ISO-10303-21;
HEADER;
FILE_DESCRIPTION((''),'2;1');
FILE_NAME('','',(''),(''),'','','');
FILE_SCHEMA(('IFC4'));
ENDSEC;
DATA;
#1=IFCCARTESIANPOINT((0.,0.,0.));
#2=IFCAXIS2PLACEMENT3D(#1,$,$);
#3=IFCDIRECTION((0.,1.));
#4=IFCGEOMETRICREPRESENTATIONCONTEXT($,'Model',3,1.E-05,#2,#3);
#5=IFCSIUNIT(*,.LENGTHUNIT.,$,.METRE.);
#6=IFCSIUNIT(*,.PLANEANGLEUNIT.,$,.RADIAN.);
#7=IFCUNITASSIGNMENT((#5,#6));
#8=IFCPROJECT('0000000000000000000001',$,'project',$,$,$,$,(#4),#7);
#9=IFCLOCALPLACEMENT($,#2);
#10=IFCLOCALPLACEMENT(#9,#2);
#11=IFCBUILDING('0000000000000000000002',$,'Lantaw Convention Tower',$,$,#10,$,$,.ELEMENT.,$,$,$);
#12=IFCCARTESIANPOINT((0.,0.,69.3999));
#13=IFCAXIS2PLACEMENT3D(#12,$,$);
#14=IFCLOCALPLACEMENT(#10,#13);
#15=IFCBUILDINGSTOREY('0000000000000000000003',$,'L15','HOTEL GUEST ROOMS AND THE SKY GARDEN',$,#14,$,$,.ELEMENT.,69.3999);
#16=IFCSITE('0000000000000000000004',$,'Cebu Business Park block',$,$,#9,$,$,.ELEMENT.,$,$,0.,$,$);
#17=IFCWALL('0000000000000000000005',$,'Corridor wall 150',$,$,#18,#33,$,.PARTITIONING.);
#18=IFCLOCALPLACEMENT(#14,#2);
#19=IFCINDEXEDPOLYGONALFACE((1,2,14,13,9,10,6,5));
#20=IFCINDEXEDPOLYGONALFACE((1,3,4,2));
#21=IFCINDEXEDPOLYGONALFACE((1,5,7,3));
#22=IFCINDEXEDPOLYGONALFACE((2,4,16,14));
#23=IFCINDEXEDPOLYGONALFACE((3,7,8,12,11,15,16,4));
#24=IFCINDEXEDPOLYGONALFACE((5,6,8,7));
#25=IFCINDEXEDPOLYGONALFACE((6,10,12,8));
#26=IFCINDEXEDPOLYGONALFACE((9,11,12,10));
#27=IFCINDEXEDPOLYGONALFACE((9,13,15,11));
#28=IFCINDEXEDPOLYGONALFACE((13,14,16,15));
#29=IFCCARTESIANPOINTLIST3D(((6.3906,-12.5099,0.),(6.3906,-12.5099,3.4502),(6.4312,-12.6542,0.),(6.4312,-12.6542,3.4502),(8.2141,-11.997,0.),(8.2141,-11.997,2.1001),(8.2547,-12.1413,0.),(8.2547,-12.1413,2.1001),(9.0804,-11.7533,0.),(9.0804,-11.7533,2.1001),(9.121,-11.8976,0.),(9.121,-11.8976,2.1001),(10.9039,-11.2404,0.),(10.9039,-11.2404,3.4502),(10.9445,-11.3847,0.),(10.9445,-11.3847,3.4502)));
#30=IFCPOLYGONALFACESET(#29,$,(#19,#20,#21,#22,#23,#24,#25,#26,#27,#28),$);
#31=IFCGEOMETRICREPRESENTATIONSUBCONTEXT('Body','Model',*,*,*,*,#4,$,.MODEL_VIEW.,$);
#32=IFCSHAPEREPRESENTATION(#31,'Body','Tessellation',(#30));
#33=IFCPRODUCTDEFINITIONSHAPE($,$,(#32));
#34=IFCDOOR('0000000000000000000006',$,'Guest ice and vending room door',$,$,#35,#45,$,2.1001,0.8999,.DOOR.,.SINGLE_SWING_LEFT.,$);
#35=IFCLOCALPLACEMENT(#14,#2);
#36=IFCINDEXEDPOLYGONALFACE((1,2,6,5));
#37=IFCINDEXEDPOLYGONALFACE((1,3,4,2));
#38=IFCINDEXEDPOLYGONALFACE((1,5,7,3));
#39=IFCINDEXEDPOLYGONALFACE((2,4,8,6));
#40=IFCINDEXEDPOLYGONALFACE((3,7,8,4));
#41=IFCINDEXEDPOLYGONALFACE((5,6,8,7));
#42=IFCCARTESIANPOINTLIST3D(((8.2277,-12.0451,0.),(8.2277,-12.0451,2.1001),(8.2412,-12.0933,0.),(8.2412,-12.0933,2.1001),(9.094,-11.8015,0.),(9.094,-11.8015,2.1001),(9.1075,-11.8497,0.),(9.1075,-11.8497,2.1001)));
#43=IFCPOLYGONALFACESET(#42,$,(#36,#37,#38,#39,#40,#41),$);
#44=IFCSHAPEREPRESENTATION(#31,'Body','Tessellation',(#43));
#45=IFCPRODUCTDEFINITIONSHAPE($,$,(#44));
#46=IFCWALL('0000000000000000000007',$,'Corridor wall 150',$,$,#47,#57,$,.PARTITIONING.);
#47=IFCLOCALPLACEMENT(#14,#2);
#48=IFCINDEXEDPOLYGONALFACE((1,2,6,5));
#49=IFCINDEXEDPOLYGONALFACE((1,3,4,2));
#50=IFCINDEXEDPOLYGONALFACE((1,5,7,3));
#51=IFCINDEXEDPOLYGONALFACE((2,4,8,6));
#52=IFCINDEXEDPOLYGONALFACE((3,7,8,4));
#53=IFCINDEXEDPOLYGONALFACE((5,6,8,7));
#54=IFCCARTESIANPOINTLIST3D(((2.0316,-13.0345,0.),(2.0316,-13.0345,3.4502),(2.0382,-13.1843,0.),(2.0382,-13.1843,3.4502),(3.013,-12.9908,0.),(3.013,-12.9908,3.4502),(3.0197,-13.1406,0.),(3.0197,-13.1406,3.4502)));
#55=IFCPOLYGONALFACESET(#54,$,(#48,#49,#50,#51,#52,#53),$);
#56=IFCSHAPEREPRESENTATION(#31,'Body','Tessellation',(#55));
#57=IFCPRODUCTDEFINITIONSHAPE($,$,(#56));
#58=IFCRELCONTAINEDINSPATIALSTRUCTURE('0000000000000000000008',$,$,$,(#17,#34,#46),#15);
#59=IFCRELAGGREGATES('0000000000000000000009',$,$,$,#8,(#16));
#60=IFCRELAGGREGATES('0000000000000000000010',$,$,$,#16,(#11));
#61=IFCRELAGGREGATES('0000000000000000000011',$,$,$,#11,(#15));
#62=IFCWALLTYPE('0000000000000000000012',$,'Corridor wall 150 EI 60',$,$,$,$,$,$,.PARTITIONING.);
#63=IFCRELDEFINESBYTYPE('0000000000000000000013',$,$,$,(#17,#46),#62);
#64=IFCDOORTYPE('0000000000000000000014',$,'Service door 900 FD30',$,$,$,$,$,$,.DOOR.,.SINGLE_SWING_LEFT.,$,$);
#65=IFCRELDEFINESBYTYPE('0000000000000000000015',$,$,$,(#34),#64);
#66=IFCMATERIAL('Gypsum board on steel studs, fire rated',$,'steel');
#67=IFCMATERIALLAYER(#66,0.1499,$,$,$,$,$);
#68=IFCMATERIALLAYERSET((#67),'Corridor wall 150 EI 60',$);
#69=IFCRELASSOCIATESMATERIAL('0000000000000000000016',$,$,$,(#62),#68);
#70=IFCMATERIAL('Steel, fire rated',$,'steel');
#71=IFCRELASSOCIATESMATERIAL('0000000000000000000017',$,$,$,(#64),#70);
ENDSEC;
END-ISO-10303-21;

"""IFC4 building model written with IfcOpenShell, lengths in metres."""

from ifc_helpers import new_model, si_unit, direction, frame, frame_2d, origin, place, context, subcontext, project, spatial, rectangle, extrude, material, layer, layer_set, type_object, element, fill, save


model = new_model("IFC4")

# Units and contexts
model_context = context("Model", 3, precision=1e-05, world=origin(), true_north=direction((0.0, 1.0)))
body_context = subcontext(model_context, "Body", "Model", "MODEL_VIEW")
ifc_project = project(units=[si_unit("LENGTHUNIT", "METRE"), si_unit("PLANEANGLEUNIT", "RADIAN")], contexts=[model_context])

# Site, building, storey
site_placement = place(None, origin())
site = spatial("IfcSite", under=ifc_project, at=site_placement, Name="Cebu Business Park block", CompositionType="ELEMENT", RefElevation=0.0)
building_placement = place(site_placement, origin())
building = spatial("IfcBuilding", under=site, at=building_placement, Name="Lantaw Convention Tower", CompositionType="ELEMENT")
storey_placement = place(building_placement, frame((0.0, 0.0, 69.3999)))
storey = spatial("IfcBuildingStorey", under=building, at=storey_placement, Name="L15", Description="HOTEL GUEST ROOMS AND THE SKY GARDEN", CompositionType="ELEMENT", Elevation=69.3999)

# Shared definitions
ifc_material_1 = material(Name="Gypsum board on steel studs, fire rated", Category="steel")
ifc_layer_1 = layer(ifc_material_1, 0.1499)
ifc_layer_set_1 = layer_set([ifc_layer_1], Name="Corridor wall 150 EI 60")
wall_type_1 = type_object("IfcWallType", Name="Corridor wall 150 EI 60", PredefinedType="PARTITIONING", material=ifc_layer_set_1)
ifc_material_2 = material(Name="Steel, fire rated", Category="steel")

# Wall, opening, door
wall_1_placement = place(storey_placement, frame((6.4109, -12.582, 0.0), z_axis=(0.0, 0.0, 1.0), x_axis=(0.962644, 0.270771, 0.0)))
wall_1 = element("IfcWall", 1, at=wall_1_placement, inside=storey, type_object=wall_type_1, Name="Corridor wall 150", PredefinedType="PARTITIONING", context=body_context, shape_type="SweptSolid", body=[
    extrude(rectangle(XDim=4.6885, YDim=0.1499, at=frame_2d((2.3442, 0.0))), origin(), (0.0, 0.0, 1.0), 3.4502),
])
opening_1_placement = place(wall_1_placement, frame((1.8943, 0.0, 0.0)))
opening_1 = element("IfcOpeningElement", 2, at=opening_1_placement, cuts=wall_1, PredefinedType="OPENING", context=body_context, shape_type="SweptSolid", body=[
    extrude(rectangle(XDim=0.8999, YDim=2.1001, at=frame_2d((0.45, 1.05))), frame((0.0, 0.085, 0.0), z_axis=(0.0, -1.0, 0.0), x_axis=(1.0, 0.0, 0.0)), (0.0, 0.0, 1.0), 0.1699),
])
door_type_1 = type_object("IfcDoorType", Name="Service door 900 FD30", OperationType="SINGLE_SWING_LEFT", PredefinedType="DOOR", material=ifc_material_2)
door_1_placement = place(opening_1_placement, origin())
door_1 = element("IfcDoor", 3, at=door_1_placement, inside=storey, type_object=door_type_1, Name="Guest ice and vending room door", OperationType="SINGLE_SWING_LEFT", OverallHeight=2.1001, OverallWidth=0.8999, PredefinedType="DOOR", context=body_context, shape_type="SweptSolid", body=[
    extrude(rectangle(XDim=0.8999, YDim=2.1001, at=frame_2d((0.45, 1.05))), frame((0.0, 0.0249, 0.0), z_axis=(0.0, -1.0, 0.0), x_axis=(1.0, 0.0, 0.0)), (0.0, 0.0, 1.0), 0.05),
])
fill(opening_1, door_1)

# Wall
wall_2_placement = place(storey_placement, frame((2.0349, -13.1094, 0.0), z_axis=(0.0, 0.0, 1.0), x_axis=(0.99901, 0.044483, 0.0)))
element("IfcWall", 4, at=wall_2_placement, inside=storey, type_object=wall_type_1, Name="Corridor wall 150", PredefinedType="PARTITIONING", context=body_context, shape_type="SweptSolid", body=[
    extrude(rectangle(XDim=0.9824, YDim=0.1499, at=frame_2d((0.4912, 0.0))), origin(), (0.0, 0.0, 1.0), 3.4502),
])

save(model, "model.ifc")
